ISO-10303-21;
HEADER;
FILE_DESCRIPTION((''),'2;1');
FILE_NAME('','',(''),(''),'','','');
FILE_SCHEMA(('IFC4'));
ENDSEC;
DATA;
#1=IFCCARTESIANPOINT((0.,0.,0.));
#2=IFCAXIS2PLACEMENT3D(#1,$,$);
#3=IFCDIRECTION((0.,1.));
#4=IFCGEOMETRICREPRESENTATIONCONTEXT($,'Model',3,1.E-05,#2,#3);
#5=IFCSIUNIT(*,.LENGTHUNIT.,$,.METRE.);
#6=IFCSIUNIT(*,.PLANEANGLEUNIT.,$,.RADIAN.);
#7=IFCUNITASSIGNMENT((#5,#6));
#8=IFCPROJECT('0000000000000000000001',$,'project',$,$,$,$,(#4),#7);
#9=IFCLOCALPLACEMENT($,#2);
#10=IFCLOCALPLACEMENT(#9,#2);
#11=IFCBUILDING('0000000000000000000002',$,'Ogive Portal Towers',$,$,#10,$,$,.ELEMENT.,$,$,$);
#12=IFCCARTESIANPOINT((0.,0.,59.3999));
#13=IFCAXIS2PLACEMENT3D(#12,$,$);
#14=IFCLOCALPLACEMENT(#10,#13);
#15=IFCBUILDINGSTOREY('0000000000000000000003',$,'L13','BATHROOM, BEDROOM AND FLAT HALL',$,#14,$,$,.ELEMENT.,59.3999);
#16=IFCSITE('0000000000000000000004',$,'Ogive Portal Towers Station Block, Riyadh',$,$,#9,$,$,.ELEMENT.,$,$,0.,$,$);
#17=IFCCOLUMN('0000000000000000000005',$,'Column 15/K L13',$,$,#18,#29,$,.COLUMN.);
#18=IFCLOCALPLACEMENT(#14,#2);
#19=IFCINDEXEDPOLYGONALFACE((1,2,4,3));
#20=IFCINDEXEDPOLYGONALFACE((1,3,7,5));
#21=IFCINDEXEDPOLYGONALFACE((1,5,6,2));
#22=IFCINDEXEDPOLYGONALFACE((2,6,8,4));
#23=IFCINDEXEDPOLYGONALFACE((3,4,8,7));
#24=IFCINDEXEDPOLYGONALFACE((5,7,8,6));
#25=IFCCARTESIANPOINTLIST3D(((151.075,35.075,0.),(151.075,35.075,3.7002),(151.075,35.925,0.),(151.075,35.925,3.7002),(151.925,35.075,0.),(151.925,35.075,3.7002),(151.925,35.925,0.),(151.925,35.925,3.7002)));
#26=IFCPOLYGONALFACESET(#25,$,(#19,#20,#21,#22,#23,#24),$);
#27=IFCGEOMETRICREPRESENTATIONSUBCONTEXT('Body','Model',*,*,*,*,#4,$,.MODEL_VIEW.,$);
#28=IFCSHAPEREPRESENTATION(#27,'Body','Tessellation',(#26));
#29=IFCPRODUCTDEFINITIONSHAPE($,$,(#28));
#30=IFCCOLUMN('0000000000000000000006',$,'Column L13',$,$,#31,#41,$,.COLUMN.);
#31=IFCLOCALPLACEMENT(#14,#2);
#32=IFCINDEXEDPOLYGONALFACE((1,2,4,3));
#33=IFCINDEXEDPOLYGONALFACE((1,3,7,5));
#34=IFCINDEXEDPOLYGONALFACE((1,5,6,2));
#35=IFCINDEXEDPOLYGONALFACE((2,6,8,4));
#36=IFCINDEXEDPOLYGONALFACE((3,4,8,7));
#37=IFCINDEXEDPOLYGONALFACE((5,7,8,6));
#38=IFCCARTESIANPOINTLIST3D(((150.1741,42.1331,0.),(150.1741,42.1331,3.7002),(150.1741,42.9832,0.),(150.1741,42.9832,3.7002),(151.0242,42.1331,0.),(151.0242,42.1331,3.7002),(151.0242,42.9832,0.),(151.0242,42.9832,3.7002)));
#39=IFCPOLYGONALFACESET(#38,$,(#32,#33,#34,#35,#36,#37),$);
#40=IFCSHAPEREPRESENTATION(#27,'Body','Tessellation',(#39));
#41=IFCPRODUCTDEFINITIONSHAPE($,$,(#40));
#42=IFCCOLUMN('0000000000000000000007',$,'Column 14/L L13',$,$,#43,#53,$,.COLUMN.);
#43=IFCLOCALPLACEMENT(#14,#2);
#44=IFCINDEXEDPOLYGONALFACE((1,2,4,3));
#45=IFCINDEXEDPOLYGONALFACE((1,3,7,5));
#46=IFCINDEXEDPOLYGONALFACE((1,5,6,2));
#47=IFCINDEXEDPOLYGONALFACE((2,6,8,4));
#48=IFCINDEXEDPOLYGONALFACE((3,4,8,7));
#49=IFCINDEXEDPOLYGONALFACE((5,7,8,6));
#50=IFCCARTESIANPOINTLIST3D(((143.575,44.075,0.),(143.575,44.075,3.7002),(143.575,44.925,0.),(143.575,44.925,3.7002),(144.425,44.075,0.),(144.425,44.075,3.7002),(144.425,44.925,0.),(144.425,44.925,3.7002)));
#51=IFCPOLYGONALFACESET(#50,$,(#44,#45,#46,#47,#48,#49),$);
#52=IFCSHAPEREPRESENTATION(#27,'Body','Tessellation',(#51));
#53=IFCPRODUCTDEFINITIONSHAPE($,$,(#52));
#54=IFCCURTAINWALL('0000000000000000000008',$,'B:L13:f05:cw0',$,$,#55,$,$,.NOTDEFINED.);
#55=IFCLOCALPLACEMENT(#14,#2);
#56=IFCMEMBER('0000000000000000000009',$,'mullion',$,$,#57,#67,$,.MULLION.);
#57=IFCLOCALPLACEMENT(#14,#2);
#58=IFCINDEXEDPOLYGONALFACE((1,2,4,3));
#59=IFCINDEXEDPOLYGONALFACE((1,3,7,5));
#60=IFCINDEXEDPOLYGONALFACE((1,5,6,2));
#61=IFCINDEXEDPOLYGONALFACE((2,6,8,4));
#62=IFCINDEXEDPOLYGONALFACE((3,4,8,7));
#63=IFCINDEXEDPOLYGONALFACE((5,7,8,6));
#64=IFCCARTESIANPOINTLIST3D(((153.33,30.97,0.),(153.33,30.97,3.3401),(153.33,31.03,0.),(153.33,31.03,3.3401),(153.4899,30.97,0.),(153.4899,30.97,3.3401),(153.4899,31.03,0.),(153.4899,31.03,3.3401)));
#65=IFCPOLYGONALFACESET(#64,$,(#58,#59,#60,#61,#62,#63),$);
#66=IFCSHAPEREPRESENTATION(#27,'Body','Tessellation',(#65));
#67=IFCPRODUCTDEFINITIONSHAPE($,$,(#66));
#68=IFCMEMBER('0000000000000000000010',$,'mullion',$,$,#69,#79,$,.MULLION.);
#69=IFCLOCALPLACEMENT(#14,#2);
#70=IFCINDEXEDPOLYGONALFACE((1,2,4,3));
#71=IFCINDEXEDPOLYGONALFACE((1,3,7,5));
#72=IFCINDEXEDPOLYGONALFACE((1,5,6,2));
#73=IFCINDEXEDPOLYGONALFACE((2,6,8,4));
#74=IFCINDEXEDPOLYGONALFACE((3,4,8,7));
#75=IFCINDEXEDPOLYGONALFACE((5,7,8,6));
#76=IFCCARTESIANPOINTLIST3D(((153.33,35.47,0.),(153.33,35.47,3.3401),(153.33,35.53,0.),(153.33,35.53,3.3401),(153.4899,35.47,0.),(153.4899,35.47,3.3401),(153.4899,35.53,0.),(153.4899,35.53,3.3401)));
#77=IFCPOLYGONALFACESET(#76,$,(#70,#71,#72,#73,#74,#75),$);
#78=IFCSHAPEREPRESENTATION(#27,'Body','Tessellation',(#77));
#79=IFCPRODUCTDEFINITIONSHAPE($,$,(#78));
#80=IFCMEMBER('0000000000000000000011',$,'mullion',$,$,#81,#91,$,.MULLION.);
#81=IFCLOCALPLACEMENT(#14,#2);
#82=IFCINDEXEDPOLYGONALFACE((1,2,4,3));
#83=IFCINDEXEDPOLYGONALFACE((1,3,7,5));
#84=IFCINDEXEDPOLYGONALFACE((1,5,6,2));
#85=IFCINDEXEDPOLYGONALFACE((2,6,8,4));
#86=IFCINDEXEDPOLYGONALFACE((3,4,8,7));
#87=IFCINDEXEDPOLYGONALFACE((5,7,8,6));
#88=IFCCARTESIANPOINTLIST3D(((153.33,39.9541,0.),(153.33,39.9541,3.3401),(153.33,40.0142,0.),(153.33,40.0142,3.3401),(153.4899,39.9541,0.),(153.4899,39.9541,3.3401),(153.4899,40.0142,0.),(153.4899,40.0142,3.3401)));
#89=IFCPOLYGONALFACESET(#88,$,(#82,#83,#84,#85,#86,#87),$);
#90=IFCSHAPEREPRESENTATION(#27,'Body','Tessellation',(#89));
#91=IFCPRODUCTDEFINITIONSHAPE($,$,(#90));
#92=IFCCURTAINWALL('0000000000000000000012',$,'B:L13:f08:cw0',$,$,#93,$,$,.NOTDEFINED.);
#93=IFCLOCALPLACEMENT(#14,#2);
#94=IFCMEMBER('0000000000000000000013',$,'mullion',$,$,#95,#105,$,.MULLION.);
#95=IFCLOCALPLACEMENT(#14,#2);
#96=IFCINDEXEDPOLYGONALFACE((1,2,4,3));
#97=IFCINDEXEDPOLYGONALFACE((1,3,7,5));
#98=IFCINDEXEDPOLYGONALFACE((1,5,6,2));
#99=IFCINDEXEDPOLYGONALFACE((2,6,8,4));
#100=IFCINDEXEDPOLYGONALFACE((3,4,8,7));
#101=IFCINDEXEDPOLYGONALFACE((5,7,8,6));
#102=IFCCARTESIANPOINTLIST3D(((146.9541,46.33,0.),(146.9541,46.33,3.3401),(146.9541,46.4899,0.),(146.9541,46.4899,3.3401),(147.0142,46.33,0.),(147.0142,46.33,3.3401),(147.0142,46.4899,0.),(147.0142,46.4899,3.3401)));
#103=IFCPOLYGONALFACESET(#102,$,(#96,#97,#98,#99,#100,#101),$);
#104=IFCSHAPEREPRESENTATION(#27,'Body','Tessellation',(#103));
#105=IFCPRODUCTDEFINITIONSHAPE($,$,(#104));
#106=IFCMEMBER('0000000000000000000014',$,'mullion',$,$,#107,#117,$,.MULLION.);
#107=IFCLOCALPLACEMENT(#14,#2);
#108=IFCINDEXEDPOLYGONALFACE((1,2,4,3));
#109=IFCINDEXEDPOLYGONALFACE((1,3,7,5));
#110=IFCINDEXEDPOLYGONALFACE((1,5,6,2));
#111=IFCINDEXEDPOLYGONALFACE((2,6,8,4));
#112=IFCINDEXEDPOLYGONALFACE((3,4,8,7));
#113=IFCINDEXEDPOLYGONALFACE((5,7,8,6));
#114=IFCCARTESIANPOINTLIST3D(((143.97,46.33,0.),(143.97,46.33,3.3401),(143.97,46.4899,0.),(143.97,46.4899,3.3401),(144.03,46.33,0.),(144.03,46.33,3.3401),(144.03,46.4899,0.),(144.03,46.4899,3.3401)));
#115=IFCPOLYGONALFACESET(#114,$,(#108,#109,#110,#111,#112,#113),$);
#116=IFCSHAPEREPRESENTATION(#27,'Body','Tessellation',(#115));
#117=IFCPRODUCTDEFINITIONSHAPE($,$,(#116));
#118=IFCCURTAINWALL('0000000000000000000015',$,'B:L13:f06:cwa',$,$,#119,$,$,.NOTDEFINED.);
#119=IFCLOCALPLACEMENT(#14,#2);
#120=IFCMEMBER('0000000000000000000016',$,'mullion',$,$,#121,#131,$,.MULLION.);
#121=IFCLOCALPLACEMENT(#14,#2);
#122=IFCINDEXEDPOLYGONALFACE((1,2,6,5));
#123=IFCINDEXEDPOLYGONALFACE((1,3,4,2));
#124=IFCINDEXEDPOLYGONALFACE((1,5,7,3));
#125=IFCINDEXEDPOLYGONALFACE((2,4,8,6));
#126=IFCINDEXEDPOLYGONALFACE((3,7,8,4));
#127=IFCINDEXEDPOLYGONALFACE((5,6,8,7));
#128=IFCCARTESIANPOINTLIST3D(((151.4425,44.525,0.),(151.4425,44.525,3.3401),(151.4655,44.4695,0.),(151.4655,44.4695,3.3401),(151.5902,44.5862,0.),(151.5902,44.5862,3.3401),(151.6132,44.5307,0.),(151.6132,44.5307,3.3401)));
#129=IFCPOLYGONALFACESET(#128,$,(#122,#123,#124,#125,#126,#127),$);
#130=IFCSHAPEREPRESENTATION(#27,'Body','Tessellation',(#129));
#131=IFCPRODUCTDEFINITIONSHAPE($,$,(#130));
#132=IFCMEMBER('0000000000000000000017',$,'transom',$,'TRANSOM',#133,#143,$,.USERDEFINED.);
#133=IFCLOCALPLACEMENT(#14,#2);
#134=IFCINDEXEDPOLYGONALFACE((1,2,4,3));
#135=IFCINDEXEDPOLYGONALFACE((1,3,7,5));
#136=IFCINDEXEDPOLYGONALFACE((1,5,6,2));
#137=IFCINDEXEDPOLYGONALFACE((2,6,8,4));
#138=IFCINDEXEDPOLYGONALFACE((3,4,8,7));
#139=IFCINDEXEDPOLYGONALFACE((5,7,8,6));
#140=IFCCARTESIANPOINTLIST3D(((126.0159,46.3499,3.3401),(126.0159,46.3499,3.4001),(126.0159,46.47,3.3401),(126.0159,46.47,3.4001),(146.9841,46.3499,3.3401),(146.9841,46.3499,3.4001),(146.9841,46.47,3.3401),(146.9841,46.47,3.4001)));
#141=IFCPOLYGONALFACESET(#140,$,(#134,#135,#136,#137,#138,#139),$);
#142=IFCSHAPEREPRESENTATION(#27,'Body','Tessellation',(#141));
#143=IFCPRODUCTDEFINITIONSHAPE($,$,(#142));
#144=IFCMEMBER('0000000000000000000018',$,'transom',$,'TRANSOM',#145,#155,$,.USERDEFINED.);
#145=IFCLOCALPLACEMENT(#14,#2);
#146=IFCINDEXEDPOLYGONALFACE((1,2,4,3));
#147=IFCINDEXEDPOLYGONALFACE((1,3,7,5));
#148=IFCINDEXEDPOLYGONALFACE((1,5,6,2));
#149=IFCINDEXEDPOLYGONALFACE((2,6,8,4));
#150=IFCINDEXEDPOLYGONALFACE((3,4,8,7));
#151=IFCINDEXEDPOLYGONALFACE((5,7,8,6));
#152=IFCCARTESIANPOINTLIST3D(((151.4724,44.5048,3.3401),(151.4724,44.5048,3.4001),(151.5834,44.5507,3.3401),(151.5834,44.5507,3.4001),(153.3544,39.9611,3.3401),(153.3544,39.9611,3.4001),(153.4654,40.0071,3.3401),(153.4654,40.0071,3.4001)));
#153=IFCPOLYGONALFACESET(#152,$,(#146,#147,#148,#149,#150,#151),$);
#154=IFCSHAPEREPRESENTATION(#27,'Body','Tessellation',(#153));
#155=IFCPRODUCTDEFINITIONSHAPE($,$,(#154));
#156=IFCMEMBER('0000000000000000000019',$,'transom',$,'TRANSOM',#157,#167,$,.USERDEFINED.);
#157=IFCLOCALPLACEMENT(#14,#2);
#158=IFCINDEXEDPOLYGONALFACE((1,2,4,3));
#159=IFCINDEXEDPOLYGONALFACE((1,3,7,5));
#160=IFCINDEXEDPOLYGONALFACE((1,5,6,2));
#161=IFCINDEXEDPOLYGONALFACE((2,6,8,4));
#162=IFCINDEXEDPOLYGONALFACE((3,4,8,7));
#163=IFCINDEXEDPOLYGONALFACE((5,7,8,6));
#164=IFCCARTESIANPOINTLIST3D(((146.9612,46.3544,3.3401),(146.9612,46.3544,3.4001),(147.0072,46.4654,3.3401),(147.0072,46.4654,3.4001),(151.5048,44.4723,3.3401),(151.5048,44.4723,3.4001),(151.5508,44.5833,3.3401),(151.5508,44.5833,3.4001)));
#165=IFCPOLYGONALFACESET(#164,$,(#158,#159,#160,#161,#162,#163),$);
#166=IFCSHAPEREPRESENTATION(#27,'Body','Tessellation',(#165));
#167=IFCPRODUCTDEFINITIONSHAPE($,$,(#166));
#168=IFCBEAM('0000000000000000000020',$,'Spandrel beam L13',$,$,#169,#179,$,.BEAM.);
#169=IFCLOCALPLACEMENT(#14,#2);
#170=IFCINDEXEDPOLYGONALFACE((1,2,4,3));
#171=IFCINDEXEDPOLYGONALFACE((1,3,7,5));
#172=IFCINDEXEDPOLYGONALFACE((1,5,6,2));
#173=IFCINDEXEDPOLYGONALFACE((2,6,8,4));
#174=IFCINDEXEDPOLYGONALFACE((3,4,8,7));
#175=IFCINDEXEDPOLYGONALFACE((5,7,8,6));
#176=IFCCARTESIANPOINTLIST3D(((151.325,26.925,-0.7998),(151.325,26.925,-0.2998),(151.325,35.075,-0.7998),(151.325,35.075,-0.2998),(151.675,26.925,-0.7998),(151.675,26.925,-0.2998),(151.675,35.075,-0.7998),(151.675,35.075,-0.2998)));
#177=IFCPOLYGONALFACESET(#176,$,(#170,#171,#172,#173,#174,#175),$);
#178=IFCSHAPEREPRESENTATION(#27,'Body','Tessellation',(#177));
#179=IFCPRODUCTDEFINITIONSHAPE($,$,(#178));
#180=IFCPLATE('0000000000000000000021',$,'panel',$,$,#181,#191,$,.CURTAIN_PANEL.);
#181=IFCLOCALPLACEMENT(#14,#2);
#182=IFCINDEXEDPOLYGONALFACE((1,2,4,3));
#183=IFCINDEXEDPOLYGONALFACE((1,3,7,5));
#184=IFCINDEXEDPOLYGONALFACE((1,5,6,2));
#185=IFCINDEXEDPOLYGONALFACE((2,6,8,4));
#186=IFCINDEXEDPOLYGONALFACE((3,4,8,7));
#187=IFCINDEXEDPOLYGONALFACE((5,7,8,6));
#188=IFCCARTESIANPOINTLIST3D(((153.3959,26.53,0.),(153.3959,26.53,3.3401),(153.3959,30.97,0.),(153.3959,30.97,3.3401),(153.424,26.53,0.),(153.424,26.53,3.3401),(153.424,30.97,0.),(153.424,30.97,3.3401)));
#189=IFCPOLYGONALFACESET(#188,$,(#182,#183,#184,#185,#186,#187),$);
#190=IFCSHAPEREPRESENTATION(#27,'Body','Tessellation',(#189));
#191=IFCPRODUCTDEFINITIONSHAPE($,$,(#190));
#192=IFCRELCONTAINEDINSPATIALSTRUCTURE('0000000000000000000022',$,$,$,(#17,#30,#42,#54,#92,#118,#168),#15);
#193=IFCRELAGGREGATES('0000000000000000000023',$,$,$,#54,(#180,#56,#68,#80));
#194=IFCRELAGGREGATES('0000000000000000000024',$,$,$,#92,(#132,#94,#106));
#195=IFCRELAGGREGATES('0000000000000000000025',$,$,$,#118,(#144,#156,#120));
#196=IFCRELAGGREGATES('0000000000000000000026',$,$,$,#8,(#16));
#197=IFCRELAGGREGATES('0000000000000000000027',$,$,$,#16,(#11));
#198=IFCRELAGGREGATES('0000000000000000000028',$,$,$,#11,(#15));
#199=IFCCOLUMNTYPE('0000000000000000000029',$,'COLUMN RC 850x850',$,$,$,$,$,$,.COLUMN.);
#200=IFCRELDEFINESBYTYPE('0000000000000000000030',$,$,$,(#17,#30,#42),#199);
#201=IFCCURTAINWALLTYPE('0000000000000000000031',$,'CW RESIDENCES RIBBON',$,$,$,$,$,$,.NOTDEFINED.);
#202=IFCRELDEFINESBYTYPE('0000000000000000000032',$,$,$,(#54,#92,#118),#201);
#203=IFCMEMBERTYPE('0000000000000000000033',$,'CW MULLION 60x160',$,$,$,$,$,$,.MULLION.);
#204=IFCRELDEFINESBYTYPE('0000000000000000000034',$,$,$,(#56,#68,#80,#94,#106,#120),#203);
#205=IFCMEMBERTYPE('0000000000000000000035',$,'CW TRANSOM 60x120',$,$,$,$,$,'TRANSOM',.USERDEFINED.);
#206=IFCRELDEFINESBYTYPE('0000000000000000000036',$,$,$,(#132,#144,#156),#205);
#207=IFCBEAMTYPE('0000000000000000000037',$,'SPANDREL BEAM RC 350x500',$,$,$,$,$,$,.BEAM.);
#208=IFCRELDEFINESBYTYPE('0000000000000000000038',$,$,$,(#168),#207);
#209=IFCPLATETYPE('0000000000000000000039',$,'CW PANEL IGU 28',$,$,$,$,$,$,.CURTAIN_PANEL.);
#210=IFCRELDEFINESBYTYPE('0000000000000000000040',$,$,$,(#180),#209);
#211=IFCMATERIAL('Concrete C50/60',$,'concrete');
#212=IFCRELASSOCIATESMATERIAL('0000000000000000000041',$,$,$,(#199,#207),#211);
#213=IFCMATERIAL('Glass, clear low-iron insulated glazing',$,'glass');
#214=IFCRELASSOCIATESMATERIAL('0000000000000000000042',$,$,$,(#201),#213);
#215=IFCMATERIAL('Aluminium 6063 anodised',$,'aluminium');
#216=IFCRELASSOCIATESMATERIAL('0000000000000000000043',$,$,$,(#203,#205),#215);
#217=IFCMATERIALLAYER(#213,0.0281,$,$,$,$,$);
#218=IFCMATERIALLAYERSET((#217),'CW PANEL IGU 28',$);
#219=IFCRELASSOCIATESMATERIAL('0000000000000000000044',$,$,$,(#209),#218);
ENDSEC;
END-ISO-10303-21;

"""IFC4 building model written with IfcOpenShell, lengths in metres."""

from ifc_helpers import new_model, si_unit, direction, frame, origin, origin_2d, place, context, subcontext, project, spatial, rectangle, extrude, material, layer, layer_set, material_profile, profile_set, type_object, element, aggregate, save


model = new_model("IFC4")

# Units and contexts
model_context = context("Model", 3, precision=1e-05, world=origin(), true_north=direction((0.0, 1.0)))
body_context = subcontext(model_context, "Body", "Model", "MODEL_VIEW")
ifc_project = project(units=[si_unit("LENGTHUNIT", "METRE"), si_unit("PLANEANGLEUNIT", "RADIAN")], contexts=[model_context])

# Site, building, storey
site_placement = place(None, origin())
site = spatial("IfcSite", under=ifc_project, at=site_placement, Name="Ogive Portal Towers Station Block, Riyadh", CompositionType="ELEMENT", RefElevation=0.0)
building_placement = place(site_placement, origin())
building = spatial("IfcBuilding", under=site, at=building_placement, Name="Ogive Portal Towers", CompositionType="ELEMENT")
storey_placement = place(building_placement, frame((0.0, 0.0, 59.3999)))
storey = spatial("IfcBuildingStorey", under=building, at=storey_placement, Name="L13", Description="BATHROOM, BEDROOM AND FLAT HALL", CompositionType="ELEMENT", Elevation=59.3999)

# Columns
ifc_material_1 = material(Name="Concrete C50/60", Category="concrete")
ifc_material_profile_1 = material_profile(ifc_material_1, rectangle(XDim=0.8501, YDim=0.8501, at=origin_2d()), Name="RC 850x850")
ifc_profile_set_1 = profile_set([ifc_material_profile_1], Name="Concrete C50/60")
column_type = type_object("IfcColumnType", Name="COLUMN RC 850x850", PredefinedType="COLUMN", material=ifc_profile_set_1)
for number, where, z_axis, x_axis, name in (
    (1, (151.5, 35.5, 0.0), (0.0, 0.0, 1.0), (1.0, 0.0, 0.0), "Column 15/K L13"),
    (2, (150.5991, 42.5581, 0.0), (0.0, 0.0, 1.0), (1.0, 0.0, 0.0), "Column L13"),
    (3, (144.0, 44.5, 0.0), (0.0, 0.0, 1.0), (1.0, 0.0, 0.0), "Column 14/L L13"),
):
    element("IfcColumn", number, at=place(storey_placement, frame(where, z_axis=z_axis, x_axis=x_axis)), inside=storey, type_object=column_type, Name=name, PredefinedType="COLUMN", context=body_context, shape_type="SweptSolid", body=[
        extrude(rectangle(XDim=0.8501, YDim=0.8501, at=origin_2d()), origin(), (0.0, 0.0, 1.0), 3.7002),
    ])

# Curtain walls, members
ifc_material_2 = material(Name="Glass, clear low-iron insulated glazing", Category="glass")
curtain_wall_type = type_object("IfcCurtainWallType", Name="CW RESIDENCES RIBBON", PredefinedType="NOTDEFINED", material=ifc_material_2)
curtain_wall_1_placement = place(storey_placement, origin())
curtain_wall_1 = element("IfcCurtainWall", 4, at=curtain_wall_1_placement, inside=storey, type_object=curtain_wall_type, Name="B:L13:f05:cw0", PredefinedType="NOTDEFINED")
ifc_material_3 = material(Name="Aluminium 6063 anodised", Category="aluminium")
ifc_material_profile_2 = material_profile(ifc_material_3, rectangle(XDim=0.1599, YDim=0.0601, at=origin_2d()), Name="AL 60x160")
ifc_profile_set_2 = profile_set([ifc_material_profile_2], Name="Aluminium 6063 anodised")
member_type_1 = type_object("IfcMemberType", Name="CW MULLION 60x160", PredefinedType="MULLION", material=ifc_profile_set_2)
member_1_placement = place(storey_placement, frame((153.4099, 31.0, 0.0), z_axis=(0.0, 0.0, 1.0), x_axis=(-1.0, 0.0, 0.0)))
member_1 = element("IfcMember", 5, at=member_1_placement, type_object=member_type_1, Name="mullion", PredefinedType="MULLION", context=body_context, shape_type="SweptSolid", body=[
    extrude(rectangle(XDim=0.1599, YDim=0.0601, at=origin_2d()), origin(), (0.0, 0.0, 1.0), 3.3401),
])
member_2_placement = place(storey_placement, frame((153.4099, 35.5, 0.0), z_axis=(0.0, 0.0, 1.0), x_axis=(-1.0, 0.0, 0.0)))
member_2 = element("IfcMember", 6, at=member_2_placement, type_object=member_type_1, Name="mullion", PredefinedType="MULLION", context=body_context, shape_type="SweptSolid", body=[
    extrude(rectangle(XDim=0.1599, YDim=0.0601, at=origin_2d()), origin(), (0.0, 0.0, 1.0), 3.3401),
])
member_3_placement = place(storey_placement, frame((153.4099, 39.9841, 0.0), z_axis=(0.0, 0.0, 1.0), x_axis=(-1.0, 0.0, 0.0)))
member_3 = element("IfcMember", 7, at=member_3_placement, type_object=member_type_1, Name="mullion", PredefinedType="MULLION", context=body_context, shape_type="SweptSolid", body=[
    extrude(rectangle(XDim=0.1599, YDim=0.0601, at=origin_2d()), origin(), (0.0, 0.0, 1.0), 3.3401),
])
curtain_wall_2_placement = place(storey_placement, origin())
curtain_wall_2 = element("IfcCurtainWall", 8, at=curtain_wall_2_placement, inside=storey, type_object=curtain_wall_type, Name="B:L13:f08:cw0", PredefinedType="NOTDEFINED")
member_4_placement = place(storey_placement, frame((146.9841, 46.4099, 0.0), z_axis=(0.0, 0.0, 1.0), x_axis=(0.0, -1.0, 0.0)))
member_4 = element("IfcMember", 9, at=member_4_placement, type_object=member_type_1, Name="mullion", PredefinedType="MULLION", context=body_context, shape_type="SweptSolid", body=[
    extrude(rectangle(XDim=0.1599, YDim=0.0601, at=origin_2d()), origin(), (0.0, 0.0, 1.0), 3.3401),
])
member_5_placement = place(storey_placement, frame((144.0, 46.4099, 0.0), z_axis=(0.0, 0.0, 1.0), x_axis=(0.0, -1.0, 0.0)))
member_5 = element("IfcMember", 10, at=member_5_placement, type_object=member_type_1, Name="mullion", PredefinedType="MULLION", context=body_context, shape_type="SweptSolid", body=[
    extrude(rectangle(XDim=0.1599, YDim=0.0601, at=origin_2d()), origin(), (0.0, 0.0, 1.0), 3.3401),
])

# Curtain wall, member
curtain_wall_3_placement = place(storey_placement, origin())
curtain_wall_3 = element("IfcCurtainWall", 11, at=curtain_wall_3_placement, inside=storey, type_object=curtain_wall_type, Name="B:L13:f06:cwa", PredefinedType="NOTDEFINED")
member_6_placement = place(storey_placement, frame((151.5278, 44.5278, 0.0), z_axis=(0.0, 0.0, 1.0), x_axis=(-0.92388, -0.382683, 0.0)))
member_6 = element("IfcMember", 12, at=member_6_placement, type_object=member_type_1, Name="mullion", PredefinedType="MULLION", context=body_context, shape_type="SweptSolid", body=[
    extrude(rectangle(XDim=0.1599, YDim=0.0601, at=origin_2d()), origin(), (0.0, 0.0, 1.0), 3.3401),
])

# Members
ifc_material_profile_3 = material_profile(ifc_material_3, rectangle(XDim=0.1201, YDim=0.0601, at=origin_2d()), Name="AL 120x60")
ifc_profile_set_3 = profile_set([ifc_material_profile_3], Name="Aluminium 6063 anodised")
member_type_2 = type_object("IfcMemberType", Name="CW TRANSOM 60x120", ElementType="TRANSOM", PredefinedType="USERDEFINED", material=ifc_profile_set_3)
member_7_placement = place(storey_placement, frame((146.9841, 46.4099, 3.3701), z_axis=(-1.0, 0.0, 0.0), x_axis=(0.0, -1.0, 0.0)))
member_7 = element("IfcMember", 13, at=member_7_placement, type_object=member_type_2, Name="transom", ObjectType="TRANSOM", PredefinedType="USERDEFINED", context=body_context, shape_type="SweptSolid", body=[
    extrude(rectangle(XDim=0.1201, YDim=0.0601, at=origin_2d()), origin(), (0.0, 0.0, 1.0), 20.9683),
])
member_8_placement = place(storey_placement, frame((153.4099, 39.9841, 3.3701), z_axis=(-0.382686, 0.923878, 0.0), x_axis=(-0.923878, -0.382686, 0.0)))
member_8 = element("IfcMember", 14, at=member_8_placement, type_object=member_type_2, Name="transom", ObjectType="TRANSOM", PredefinedType="USERDEFINED", context=body_context, shape_type="SweptSolid", body=[
    extrude(rectangle(XDim=0.1201, YDim=0.0601, at=origin_2d()), origin(), (0.0, 0.0, 1.0), 4.918),
])
member_9_placement = place(storey_placement, frame((151.5278, 44.5278, 3.3701), z_axis=(-0.923878, 0.382686, 0.0), x_axis=(-0.382686, -0.923878, 0.0)))
member_9 = element("IfcMember", 15, at=member_9_placement, type_object=member_type_2, Name="transom", ObjectType="TRANSOM", PredefinedType="USERDEFINED", context=body_context, shape_type="SweptSolid", body=[
    extrude(rectangle(XDim=0.1201, YDim=0.0601, at=origin_2d()), origin(), (0.0, 0.0, 1.0), 4.918),
])

# Beam
ifc_material_profile_4 = material_profile(ifc_material_1, rectangle(XDim=0.3501, YDim=0.5, at=origin_2d()), Name="RC 350x500")
ifc_profile_set_4 = profile_set([ifc_material_profile_4], Name="Concrete C50/60")
beam_type = type_object("IfcBeamType", Name="SPANDREL BEAM RC 350x500", PredefinedType="BEAM", material=ifc_profile_set_4)
beam_placement = place(storey_placement, frame((151.5, 26.925, -0.5498), z_axis=(0.0, 1.0, 0.0), x_axis=(-1.0, 0.0, 0.0)))
element("IfcBeam", 16, at=beam_placement, inside=storey, type_object=beam_type, Name="Spandrel beam L13", PredefinedType="BEAM", context=body_context, shape_type="SweptSolid", body=[
    extrude(rectangle(XDim=0.3501, YDim=0.5, at=origin_2d()), origin(), (0.0, 0.0, 1.0), 8.1499),
])

# Plate
ifc_layer_1 = layer(ifc_material_2, 0.0281)
ifc_layer_set_1 = layer_set([ifc_layer_1], Name="CW PANEL IGU 28")
plate_type = type_object("IfcPlateType", Name="CW PANEL IGU 28", PredefinedType="CURTAIN_PANEL", material=ifc_layer_set_1)
plate_1_placement = place(storey_placement, frame((153.4099, 28.75, 0.0), z_axis=(0.0, 0.0, 1.0), x_axis=(0.0, 1.0, 0.0)))
plate_1 = element("IfcPlate", 17, at=plate_1_placement, type_object=plate_type, Name="panel", PredefinedType="CURTAIN_PANEL", context=body_context, shape_type="SweptSolid", body=[
    extrude(rectangle(XDim=4.4399, YDim=0.0281, at=origin_2d()), origin(), (0.0, 0.0, 1.0), 3.3401),
])
aggregate(curtain_wall_1, [plate_1, member_1, member_2, member_3])
aggregate(curtain_wall_2, [member_7, member_4, member_5])
aggregate(curtain_wall_3, [member_8, member_9, member_6])

save(model, "model.ifc")
